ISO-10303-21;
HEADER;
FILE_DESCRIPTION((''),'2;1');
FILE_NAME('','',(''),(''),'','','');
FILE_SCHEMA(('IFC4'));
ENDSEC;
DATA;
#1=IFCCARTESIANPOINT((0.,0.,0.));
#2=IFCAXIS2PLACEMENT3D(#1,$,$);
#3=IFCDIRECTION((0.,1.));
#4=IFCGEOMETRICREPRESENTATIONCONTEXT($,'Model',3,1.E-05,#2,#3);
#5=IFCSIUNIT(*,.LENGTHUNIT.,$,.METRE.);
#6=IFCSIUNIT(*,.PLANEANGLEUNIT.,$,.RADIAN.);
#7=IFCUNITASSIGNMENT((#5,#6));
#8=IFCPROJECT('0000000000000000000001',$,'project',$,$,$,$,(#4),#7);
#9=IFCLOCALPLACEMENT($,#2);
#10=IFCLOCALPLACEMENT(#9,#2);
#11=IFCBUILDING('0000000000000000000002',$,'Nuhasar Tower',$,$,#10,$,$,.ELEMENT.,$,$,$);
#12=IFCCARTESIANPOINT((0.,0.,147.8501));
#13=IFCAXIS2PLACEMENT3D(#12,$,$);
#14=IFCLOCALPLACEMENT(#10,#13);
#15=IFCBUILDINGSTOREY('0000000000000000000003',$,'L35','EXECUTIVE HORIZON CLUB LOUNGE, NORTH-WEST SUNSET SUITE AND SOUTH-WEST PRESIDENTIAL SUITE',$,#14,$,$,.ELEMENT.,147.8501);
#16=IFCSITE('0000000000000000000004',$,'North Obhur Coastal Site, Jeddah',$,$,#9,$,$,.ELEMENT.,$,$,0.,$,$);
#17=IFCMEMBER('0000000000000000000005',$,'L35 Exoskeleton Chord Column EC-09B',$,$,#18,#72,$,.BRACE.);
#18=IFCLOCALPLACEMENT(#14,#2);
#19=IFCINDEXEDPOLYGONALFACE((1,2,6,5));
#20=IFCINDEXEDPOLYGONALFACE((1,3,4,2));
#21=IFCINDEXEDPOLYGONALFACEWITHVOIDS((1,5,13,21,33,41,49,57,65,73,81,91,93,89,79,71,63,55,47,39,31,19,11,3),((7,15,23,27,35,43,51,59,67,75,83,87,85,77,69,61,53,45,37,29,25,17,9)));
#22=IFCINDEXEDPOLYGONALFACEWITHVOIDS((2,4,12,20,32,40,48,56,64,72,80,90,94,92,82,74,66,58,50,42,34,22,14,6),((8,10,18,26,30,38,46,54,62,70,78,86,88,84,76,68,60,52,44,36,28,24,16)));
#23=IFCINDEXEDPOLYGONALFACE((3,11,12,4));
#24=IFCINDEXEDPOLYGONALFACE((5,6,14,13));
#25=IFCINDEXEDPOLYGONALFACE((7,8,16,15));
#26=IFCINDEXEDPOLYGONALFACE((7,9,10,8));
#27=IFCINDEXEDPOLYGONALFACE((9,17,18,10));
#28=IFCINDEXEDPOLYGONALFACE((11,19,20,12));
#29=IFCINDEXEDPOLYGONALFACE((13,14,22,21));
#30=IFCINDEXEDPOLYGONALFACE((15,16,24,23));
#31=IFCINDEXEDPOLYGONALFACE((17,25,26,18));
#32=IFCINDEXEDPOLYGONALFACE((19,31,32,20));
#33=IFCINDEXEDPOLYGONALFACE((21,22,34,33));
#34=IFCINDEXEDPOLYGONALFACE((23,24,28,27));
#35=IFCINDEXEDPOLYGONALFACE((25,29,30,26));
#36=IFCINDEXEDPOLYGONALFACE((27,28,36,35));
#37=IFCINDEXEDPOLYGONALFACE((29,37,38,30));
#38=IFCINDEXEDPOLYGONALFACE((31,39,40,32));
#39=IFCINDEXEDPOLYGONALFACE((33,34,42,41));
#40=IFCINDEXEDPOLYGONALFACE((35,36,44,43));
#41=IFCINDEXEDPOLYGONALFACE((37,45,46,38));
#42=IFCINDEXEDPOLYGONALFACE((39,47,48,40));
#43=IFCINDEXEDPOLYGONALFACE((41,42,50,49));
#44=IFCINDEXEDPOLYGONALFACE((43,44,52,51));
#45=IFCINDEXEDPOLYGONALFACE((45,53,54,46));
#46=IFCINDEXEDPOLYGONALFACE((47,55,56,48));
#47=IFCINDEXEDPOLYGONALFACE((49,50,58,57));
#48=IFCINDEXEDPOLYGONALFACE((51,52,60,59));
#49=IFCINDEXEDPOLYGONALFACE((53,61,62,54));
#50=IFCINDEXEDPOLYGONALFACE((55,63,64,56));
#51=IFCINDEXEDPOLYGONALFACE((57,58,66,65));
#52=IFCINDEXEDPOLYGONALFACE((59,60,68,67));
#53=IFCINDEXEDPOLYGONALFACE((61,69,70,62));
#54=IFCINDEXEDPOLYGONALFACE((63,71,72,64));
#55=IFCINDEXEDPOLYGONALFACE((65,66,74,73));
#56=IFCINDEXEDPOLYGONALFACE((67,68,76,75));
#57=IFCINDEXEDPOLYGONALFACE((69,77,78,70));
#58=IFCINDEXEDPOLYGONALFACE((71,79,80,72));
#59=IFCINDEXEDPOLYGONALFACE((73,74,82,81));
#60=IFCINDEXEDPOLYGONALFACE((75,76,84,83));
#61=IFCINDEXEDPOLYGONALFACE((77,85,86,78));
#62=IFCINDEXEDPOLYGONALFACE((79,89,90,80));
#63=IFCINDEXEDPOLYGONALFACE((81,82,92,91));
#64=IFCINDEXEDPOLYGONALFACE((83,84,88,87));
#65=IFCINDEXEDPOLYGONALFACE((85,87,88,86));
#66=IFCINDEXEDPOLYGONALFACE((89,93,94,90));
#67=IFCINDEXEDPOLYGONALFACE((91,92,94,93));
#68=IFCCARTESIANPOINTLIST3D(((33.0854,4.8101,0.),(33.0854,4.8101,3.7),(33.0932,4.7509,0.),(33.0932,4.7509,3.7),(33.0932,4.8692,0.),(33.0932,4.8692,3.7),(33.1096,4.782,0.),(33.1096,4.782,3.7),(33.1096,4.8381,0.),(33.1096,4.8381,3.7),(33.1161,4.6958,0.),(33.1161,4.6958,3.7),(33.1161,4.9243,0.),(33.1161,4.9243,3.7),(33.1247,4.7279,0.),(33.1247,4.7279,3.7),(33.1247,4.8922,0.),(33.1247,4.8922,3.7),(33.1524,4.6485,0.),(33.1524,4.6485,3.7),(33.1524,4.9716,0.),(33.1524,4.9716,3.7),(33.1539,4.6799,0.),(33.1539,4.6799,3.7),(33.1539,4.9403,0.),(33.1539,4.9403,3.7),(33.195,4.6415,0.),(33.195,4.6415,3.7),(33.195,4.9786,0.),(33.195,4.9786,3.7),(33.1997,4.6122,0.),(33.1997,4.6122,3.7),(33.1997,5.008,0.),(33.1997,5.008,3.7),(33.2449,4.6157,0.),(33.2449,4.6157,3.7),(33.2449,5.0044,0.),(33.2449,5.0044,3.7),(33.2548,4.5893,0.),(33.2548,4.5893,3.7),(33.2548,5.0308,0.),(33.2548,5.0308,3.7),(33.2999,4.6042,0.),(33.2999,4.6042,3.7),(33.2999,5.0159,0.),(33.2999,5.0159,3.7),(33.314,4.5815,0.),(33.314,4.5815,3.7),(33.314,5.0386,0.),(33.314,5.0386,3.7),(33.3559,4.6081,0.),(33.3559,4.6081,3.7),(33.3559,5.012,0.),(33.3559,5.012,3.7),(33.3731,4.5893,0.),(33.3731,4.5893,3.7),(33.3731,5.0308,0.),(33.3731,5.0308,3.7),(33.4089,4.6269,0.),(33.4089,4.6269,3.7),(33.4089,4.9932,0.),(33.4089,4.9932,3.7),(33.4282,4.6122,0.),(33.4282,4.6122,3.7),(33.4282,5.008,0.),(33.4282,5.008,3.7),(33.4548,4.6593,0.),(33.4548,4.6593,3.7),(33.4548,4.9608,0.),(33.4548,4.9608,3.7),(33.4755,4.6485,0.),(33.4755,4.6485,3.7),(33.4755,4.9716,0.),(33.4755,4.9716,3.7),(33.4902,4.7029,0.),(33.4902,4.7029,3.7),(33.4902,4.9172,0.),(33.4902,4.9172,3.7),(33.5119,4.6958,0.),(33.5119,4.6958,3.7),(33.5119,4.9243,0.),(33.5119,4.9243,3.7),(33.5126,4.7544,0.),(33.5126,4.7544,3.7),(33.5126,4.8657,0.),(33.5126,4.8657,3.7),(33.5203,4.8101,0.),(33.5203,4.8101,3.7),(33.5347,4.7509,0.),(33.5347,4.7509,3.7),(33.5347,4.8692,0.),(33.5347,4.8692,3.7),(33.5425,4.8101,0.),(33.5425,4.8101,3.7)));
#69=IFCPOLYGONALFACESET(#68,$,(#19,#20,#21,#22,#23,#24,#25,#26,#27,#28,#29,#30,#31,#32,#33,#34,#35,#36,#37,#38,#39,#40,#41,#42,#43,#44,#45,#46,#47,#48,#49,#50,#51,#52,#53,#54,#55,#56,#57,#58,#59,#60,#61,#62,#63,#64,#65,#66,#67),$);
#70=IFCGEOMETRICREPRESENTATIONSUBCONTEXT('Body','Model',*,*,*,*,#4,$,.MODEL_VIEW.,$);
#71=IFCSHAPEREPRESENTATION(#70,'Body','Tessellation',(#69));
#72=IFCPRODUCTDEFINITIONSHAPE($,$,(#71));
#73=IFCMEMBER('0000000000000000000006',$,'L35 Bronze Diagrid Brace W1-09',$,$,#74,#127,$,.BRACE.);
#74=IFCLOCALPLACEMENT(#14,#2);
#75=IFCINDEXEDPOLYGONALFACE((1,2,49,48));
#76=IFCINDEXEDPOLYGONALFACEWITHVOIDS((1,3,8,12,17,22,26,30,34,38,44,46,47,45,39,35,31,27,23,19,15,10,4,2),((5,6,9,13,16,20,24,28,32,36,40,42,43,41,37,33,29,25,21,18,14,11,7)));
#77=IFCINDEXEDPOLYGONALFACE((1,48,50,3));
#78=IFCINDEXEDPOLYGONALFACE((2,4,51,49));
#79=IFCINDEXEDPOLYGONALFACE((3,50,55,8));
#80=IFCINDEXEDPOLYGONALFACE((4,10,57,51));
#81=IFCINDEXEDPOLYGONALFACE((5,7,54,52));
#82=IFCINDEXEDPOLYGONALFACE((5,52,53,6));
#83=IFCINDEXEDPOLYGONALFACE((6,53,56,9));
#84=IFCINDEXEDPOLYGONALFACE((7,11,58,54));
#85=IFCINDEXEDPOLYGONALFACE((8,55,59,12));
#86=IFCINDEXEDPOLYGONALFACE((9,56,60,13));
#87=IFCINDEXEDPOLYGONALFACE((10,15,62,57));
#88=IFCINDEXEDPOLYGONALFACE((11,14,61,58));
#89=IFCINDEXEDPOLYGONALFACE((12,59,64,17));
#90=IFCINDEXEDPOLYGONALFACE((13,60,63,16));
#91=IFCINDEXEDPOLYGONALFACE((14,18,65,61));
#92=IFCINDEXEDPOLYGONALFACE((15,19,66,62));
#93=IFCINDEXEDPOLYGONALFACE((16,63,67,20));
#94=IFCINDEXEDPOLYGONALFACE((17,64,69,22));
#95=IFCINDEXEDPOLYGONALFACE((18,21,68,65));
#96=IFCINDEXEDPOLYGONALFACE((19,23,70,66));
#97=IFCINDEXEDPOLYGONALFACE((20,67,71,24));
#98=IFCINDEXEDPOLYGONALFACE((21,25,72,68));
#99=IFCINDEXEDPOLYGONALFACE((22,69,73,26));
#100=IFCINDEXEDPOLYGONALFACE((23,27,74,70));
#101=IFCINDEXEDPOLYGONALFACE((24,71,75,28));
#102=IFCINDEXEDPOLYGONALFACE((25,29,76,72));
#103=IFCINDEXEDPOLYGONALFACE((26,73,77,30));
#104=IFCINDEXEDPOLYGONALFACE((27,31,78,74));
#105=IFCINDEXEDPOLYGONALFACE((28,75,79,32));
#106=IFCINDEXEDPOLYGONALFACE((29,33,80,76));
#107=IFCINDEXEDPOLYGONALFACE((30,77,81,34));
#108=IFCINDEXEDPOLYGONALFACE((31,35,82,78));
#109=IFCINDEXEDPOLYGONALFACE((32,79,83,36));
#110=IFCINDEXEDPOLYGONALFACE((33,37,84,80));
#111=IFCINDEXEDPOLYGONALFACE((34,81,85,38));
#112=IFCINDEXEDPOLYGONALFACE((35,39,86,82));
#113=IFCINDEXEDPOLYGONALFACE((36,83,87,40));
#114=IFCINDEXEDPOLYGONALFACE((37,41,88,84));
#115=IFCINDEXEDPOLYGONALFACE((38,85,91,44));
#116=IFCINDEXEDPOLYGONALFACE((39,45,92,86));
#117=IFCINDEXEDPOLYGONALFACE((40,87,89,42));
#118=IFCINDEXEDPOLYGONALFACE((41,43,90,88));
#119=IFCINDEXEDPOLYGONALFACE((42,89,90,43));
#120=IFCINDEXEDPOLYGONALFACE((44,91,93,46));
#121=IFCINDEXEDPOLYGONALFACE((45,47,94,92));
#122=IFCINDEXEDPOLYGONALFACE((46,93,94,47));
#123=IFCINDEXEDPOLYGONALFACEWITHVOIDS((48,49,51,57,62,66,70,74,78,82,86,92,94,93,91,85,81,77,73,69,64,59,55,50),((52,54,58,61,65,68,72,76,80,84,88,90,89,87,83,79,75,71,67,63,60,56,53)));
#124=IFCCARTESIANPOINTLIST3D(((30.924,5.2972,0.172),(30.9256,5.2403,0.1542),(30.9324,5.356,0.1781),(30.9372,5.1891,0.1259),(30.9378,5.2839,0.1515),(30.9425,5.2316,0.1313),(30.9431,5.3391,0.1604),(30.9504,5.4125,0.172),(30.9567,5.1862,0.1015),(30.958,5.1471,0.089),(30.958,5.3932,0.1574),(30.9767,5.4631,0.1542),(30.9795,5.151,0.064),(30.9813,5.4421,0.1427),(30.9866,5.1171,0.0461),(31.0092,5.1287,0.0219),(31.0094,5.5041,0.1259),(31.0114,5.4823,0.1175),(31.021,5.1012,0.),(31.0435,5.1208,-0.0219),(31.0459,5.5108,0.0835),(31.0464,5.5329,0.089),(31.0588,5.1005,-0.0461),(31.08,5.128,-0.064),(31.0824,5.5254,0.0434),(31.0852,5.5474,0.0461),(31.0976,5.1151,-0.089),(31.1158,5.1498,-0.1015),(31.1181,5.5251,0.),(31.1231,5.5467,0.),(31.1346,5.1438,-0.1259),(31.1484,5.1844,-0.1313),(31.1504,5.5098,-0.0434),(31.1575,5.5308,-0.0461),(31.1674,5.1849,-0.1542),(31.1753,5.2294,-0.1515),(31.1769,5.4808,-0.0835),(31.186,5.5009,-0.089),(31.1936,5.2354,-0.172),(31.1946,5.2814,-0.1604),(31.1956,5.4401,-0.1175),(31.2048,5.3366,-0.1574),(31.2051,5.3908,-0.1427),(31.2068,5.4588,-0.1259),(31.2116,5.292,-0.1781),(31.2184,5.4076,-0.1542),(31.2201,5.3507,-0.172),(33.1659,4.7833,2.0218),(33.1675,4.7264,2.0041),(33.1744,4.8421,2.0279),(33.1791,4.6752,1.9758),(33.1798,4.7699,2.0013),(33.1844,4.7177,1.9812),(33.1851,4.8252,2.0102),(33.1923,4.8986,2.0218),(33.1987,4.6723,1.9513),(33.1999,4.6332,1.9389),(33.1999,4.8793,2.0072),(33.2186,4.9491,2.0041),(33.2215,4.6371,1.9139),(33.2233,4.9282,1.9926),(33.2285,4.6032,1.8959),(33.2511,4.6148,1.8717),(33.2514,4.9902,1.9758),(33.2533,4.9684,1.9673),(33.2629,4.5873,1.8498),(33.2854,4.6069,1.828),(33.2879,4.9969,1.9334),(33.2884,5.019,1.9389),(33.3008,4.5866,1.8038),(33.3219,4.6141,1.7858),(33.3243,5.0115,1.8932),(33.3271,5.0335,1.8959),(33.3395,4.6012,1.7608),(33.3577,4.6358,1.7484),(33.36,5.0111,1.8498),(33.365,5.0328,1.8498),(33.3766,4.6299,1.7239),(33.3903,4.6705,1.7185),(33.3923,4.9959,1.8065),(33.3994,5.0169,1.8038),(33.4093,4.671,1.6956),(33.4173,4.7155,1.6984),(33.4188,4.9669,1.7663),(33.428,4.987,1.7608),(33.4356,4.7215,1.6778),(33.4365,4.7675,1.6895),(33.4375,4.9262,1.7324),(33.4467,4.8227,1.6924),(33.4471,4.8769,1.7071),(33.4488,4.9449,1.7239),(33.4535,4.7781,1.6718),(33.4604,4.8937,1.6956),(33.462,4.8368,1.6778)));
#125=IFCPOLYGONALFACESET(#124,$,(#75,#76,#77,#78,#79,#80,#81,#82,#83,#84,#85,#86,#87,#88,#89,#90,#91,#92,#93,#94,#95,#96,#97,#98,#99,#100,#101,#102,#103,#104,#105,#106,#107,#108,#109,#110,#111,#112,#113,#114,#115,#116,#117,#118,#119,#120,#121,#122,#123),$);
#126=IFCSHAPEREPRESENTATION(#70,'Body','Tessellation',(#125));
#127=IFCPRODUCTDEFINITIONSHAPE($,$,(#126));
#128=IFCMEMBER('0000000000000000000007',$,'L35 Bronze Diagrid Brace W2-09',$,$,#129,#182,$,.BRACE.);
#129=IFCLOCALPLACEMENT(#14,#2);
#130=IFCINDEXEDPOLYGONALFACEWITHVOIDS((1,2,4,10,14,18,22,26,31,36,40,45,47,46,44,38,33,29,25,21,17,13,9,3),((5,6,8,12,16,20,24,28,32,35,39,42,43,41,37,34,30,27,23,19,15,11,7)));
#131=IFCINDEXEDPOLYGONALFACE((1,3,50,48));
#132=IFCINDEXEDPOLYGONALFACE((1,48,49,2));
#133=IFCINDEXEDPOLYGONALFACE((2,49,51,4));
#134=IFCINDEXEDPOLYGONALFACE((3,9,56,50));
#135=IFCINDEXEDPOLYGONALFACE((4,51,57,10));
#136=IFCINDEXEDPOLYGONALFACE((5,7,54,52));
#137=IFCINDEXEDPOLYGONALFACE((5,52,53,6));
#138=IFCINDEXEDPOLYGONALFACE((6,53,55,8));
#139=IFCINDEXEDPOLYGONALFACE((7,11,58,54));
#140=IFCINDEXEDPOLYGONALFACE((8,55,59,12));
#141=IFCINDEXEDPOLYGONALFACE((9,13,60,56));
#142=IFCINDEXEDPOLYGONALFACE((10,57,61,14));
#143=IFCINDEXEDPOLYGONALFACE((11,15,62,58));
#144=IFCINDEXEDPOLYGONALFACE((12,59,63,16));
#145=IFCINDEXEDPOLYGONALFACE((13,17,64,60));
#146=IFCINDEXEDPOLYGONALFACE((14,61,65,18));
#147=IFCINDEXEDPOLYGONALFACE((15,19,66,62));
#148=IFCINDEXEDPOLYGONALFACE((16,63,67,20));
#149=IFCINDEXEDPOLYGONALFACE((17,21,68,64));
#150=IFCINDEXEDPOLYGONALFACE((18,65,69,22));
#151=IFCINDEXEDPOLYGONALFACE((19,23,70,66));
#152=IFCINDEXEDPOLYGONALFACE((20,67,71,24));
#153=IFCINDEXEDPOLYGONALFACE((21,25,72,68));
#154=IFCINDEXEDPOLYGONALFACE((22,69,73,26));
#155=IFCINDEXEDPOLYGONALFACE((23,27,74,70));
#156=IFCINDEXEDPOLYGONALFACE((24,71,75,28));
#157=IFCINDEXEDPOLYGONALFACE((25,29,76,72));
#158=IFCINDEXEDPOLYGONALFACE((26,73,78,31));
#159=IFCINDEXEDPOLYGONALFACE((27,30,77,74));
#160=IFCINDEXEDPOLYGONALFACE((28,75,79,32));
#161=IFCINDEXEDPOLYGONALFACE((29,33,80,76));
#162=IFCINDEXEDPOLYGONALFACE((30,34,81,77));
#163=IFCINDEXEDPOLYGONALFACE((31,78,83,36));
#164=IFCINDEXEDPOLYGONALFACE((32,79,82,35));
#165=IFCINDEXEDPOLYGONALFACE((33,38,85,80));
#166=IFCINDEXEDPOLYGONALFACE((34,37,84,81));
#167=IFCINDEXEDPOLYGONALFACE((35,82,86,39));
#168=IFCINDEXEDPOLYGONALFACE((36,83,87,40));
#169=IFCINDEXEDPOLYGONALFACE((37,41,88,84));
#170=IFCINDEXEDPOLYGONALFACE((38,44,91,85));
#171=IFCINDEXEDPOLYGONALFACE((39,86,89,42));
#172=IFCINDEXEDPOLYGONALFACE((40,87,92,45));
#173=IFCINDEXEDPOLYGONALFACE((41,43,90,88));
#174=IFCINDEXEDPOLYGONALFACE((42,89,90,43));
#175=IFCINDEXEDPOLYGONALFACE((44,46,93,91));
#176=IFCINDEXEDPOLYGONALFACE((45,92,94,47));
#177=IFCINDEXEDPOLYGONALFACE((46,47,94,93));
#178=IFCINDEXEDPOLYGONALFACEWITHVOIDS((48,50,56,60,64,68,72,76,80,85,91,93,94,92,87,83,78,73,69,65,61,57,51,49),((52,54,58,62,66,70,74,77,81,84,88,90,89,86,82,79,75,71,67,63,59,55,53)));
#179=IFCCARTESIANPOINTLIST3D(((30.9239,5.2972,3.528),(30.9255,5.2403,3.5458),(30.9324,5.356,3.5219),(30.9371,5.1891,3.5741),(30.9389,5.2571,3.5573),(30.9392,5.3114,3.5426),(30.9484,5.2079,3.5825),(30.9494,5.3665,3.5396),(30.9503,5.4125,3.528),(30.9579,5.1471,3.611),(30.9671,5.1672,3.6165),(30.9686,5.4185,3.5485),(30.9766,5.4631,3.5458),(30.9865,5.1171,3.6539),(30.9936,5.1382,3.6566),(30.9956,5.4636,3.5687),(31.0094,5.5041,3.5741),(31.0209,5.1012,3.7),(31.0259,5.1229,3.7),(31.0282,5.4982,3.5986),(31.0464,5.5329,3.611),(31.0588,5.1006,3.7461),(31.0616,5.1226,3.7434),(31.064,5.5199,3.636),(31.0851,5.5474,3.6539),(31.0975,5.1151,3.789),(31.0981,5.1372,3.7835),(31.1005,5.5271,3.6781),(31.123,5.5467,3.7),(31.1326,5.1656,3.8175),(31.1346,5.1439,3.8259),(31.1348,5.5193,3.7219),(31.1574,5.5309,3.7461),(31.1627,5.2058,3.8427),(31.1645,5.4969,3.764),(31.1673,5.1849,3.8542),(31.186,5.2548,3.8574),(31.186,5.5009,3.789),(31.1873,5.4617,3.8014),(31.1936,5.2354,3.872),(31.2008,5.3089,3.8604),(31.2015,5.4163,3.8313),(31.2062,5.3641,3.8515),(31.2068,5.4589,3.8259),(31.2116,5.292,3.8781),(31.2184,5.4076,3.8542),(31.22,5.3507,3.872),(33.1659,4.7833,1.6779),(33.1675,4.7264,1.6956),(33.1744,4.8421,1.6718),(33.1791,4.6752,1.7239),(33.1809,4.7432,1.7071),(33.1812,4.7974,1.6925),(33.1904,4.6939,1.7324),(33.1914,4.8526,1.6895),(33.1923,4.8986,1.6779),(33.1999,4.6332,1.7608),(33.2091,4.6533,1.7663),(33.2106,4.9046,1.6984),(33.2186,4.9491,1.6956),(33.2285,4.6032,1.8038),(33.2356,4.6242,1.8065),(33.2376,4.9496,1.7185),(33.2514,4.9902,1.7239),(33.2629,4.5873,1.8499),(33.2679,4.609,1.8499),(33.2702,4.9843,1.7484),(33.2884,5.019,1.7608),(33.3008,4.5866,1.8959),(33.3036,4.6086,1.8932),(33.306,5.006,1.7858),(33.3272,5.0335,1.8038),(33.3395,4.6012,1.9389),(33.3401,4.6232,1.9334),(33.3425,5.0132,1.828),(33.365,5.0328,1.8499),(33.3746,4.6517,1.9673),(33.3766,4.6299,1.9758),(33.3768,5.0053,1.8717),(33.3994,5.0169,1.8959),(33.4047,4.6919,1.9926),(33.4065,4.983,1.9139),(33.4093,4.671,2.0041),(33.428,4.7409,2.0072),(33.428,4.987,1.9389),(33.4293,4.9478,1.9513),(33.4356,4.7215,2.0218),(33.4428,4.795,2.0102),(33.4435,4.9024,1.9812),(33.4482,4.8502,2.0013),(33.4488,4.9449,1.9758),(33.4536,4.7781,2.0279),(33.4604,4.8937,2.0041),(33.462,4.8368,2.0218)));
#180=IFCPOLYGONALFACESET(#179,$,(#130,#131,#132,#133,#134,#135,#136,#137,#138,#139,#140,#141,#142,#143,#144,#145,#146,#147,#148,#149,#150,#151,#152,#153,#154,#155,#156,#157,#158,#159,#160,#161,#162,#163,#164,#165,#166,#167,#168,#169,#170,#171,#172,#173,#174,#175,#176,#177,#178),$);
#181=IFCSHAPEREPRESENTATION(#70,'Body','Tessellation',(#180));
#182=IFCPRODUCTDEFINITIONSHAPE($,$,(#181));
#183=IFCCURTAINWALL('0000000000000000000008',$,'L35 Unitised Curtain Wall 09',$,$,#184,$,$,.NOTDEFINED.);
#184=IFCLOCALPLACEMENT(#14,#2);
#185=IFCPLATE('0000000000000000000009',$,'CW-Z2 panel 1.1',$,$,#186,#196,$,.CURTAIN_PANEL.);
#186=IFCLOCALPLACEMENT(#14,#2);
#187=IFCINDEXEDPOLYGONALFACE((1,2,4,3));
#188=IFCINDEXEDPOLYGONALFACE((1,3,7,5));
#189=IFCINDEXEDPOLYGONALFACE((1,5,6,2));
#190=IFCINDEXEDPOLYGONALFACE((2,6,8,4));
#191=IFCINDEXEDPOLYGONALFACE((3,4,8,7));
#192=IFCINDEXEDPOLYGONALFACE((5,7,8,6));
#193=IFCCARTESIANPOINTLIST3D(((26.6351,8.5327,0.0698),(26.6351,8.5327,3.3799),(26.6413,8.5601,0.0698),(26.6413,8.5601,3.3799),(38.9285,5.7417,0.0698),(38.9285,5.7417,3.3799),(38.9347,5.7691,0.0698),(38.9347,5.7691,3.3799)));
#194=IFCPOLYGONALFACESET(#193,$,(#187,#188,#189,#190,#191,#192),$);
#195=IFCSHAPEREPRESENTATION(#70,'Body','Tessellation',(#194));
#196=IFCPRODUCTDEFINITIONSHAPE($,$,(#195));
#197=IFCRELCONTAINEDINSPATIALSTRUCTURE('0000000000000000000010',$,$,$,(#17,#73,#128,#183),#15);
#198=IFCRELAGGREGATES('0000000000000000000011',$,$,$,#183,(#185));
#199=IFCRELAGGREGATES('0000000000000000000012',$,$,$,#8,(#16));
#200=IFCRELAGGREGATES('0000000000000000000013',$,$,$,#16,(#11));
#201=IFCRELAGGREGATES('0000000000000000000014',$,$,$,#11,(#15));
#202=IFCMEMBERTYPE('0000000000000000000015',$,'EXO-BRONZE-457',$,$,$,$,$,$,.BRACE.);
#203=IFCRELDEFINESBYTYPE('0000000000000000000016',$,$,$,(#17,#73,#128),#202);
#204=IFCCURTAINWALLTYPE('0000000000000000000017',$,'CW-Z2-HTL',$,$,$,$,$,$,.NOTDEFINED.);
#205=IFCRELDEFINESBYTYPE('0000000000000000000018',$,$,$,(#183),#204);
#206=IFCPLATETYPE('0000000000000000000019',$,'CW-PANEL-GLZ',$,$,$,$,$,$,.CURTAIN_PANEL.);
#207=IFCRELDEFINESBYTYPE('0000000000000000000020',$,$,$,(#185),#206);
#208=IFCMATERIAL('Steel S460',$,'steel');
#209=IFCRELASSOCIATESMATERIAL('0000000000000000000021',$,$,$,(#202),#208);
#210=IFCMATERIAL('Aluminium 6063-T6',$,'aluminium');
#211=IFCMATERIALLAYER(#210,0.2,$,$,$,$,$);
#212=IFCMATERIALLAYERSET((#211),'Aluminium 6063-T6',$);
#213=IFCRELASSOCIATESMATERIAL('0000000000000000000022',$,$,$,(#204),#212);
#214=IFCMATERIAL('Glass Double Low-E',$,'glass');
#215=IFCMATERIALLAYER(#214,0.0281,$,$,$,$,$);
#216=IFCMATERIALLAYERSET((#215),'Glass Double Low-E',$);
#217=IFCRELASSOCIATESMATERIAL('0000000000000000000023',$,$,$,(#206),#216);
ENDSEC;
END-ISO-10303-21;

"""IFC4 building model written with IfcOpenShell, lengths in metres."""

from ifc_helpers import new_model, si_unit, direction, frame, origin, origin_2d, place, context, subcontext, project, spatial, rectangle, hollow_circle, extrude, material, layer, layer_set, material_profile, profile_set, type_object, element, aggregate, save


model = new_model("IFC4")

# Units and contexts
model_context = context("Model", 3, precision=1e-05, world=origin(), true_north=direction((0.0, 1.0)))
body_context = subcontext(model_context, "Body", "Model", "MODEL_VIEW")
ifc_project = project(units=[si_unit("LENGTHUNIT", "METRE"), si_unit("PLANEANGLEUNIT", "RADIAN")], contexts=[model_context])

# Site, building, storey
site_placement = place(None, origin())
site = spatial("IfcSite", under=ifc_project, at=site_placement, Name="North Obhur Coastal Site, Jeddah", CompositionType="ELEMENT", RefElevation=0.0)
building_placement = place(site_placement, origin())
building = spatial("IfcBuilding", under=site, at=building_placement, Name="Nuhasar Tower", CompositionType="ELEMENT")
storey_placement = place(building_placement, frame((0.0, 0.0, 147.8501)))
storey = spatial("IfcBuildingStorey", under=building, at=storey_placement, Name="L35", Description="EXECUTIVE HORIZON CLUB LOUNGE, NORTH-WEST SUNSET SUITE AND SOUTH-WEST PRESIDENTIAL SUITE", CompositionType="ELEMENT", Elevation=147.8501)

# Members
ifc_material_1 = material(Name="Steel S460", Category="steel")
ifc_material_profile_1 = material_profile(ifc_material_1, hollow_circle(Radius=0.2285, WallThickness=0.0222, at=origin_2d()), Name="HSS457X22.2")
ifc_profile_set_1 = profile_set([ifc_material_profile_1], Name="Steel S460")
member_type = type_object("IfcMemberType", Name="EXO-BRONZE-457", PredefinedType="BRACE", material=ifc_profile_set_1)
for number, where, z_axis, x_axis, name in (
    (1, (33.314, 4.8101, 0.0), (0.0, 0.0, 1.0), (1.0, 0.0, 0.0), "L35 Exoskeleton Chord Column EC-09B"),
):
    element("IfcMember", number, at=place(storey_placement, frame(where, z_axis=z_axis, x_axis=x_axis)), inside=storey, type_object=member_type, Name=name, PredefinedType="BRACE", context=body_context, shape_type="SweptSolid", body=[
        extrude(hollow_circle(Radius=0.2285, WallThickness=0.0222, at=origin_2d()), origin(), (0.0, 0.0, 1.0), 3.7),
    ])
member_1_placement = place(storey_placement, frame((31.072, 5.324, 0.0), z_axis=(0.75955, -0.17411, 0.626713), x_axis=(0.223433, 0.974719, 0.0)))
element("IfcMember", 2, at=member_1_placement, inside=storey, type_object=member_type, Name="L35 Bronze Diagrid Brace W1-09", PredefinedType="BRACE", context=body_context, shape_type="SweptSolid", body=[
    extrude(hollow_circle(Radius=0.2285, WallThickness=0.0222, at=origin_2d()), origin(), (0.0, 0.0, 1.0), 2.9517),
])
member_2_placement = place(storey_placement, frame((33.314, 4.8101, 1.8499), z_axis=(-0.75951, 0.174101, 0.626764), x_axis=(-0.223433, -0.974719, 0.0)))
element("IfcMember", 3, at=member_2_placement, inside=storey, type_object=member_type, Name="L35 Bronze Diagrid Brace W2-09", PredefinedType="BRACE", context=body_context, shape_type="SweptSolid", body=[
    extrude(hollow_circle(Radius=0.2285, WallThickness=0.0222, at=origin_2d()), origin(), (0.0, 0.0, 1.0), 2.9519),
])

# Curtain wall, plate
ifc_material_2 = material(Name="Aluminium 6063-T6", Category="aluminium")
ifc_layer_1 = layer(ifc_material_2, 0.2)
ifc_layer_set_1 = layer_set([ifc_layer_1], Name="Aluminium 6063-T6")
curtain_wall_type = type_object("IfcCurtainWallType", Name="CW-Z2-HTL", PredefinedType="NOTDEFINED", material=ifc_layer_set_1)
curtain_wall_placement = place(storey_placement, origin())
curtain_wall = element("IfcCurtainWall", 4, at=curtain_wall_placement, inside=storey, type_object=curtain_wall_type, Name="L35 Unitised Curtain Wall 09", PredefinedType="NOTDEFINED")
ifc_material_3 = material(Name="Glass Double Low-E", Category="glass")
ifc_layer_2 = layer(ifc_material_3, 0.0281)
ifc_layer_set_2 = layer_set([ifc_layer_2], Name="Glass Double Low-E")
plate_type = type_object("IfcPlateType", Name="CW-PANEL-GLZ", PredefinedType="CURTAIN_PANEL", material=ifc_layer_set_2)
plate_placement = place(storey_placement, frame((32.7849, 7.1509, 0.0698), z_axis=(0.0, 0.0, 1.0), x_axis=(0.975184, -0.221397, 0.0)))
plate = element("IfcPlate", 5, at=plate_placement, type_object=plate_type, Name="CW-Z2 panel 1.1", PredefinedType="CURTAIN_PANEL", context=body_context, shape_type="SweptSolid", body=[
    extrude(rectangle(XDim=12.6062, YDim=0.0281, at=origin_2d()), origin(), (0.0, 0.0, 1.0), 3.3101),
])
aggregate(curtain_wall, [plate])

save(model, "model.ifc")
